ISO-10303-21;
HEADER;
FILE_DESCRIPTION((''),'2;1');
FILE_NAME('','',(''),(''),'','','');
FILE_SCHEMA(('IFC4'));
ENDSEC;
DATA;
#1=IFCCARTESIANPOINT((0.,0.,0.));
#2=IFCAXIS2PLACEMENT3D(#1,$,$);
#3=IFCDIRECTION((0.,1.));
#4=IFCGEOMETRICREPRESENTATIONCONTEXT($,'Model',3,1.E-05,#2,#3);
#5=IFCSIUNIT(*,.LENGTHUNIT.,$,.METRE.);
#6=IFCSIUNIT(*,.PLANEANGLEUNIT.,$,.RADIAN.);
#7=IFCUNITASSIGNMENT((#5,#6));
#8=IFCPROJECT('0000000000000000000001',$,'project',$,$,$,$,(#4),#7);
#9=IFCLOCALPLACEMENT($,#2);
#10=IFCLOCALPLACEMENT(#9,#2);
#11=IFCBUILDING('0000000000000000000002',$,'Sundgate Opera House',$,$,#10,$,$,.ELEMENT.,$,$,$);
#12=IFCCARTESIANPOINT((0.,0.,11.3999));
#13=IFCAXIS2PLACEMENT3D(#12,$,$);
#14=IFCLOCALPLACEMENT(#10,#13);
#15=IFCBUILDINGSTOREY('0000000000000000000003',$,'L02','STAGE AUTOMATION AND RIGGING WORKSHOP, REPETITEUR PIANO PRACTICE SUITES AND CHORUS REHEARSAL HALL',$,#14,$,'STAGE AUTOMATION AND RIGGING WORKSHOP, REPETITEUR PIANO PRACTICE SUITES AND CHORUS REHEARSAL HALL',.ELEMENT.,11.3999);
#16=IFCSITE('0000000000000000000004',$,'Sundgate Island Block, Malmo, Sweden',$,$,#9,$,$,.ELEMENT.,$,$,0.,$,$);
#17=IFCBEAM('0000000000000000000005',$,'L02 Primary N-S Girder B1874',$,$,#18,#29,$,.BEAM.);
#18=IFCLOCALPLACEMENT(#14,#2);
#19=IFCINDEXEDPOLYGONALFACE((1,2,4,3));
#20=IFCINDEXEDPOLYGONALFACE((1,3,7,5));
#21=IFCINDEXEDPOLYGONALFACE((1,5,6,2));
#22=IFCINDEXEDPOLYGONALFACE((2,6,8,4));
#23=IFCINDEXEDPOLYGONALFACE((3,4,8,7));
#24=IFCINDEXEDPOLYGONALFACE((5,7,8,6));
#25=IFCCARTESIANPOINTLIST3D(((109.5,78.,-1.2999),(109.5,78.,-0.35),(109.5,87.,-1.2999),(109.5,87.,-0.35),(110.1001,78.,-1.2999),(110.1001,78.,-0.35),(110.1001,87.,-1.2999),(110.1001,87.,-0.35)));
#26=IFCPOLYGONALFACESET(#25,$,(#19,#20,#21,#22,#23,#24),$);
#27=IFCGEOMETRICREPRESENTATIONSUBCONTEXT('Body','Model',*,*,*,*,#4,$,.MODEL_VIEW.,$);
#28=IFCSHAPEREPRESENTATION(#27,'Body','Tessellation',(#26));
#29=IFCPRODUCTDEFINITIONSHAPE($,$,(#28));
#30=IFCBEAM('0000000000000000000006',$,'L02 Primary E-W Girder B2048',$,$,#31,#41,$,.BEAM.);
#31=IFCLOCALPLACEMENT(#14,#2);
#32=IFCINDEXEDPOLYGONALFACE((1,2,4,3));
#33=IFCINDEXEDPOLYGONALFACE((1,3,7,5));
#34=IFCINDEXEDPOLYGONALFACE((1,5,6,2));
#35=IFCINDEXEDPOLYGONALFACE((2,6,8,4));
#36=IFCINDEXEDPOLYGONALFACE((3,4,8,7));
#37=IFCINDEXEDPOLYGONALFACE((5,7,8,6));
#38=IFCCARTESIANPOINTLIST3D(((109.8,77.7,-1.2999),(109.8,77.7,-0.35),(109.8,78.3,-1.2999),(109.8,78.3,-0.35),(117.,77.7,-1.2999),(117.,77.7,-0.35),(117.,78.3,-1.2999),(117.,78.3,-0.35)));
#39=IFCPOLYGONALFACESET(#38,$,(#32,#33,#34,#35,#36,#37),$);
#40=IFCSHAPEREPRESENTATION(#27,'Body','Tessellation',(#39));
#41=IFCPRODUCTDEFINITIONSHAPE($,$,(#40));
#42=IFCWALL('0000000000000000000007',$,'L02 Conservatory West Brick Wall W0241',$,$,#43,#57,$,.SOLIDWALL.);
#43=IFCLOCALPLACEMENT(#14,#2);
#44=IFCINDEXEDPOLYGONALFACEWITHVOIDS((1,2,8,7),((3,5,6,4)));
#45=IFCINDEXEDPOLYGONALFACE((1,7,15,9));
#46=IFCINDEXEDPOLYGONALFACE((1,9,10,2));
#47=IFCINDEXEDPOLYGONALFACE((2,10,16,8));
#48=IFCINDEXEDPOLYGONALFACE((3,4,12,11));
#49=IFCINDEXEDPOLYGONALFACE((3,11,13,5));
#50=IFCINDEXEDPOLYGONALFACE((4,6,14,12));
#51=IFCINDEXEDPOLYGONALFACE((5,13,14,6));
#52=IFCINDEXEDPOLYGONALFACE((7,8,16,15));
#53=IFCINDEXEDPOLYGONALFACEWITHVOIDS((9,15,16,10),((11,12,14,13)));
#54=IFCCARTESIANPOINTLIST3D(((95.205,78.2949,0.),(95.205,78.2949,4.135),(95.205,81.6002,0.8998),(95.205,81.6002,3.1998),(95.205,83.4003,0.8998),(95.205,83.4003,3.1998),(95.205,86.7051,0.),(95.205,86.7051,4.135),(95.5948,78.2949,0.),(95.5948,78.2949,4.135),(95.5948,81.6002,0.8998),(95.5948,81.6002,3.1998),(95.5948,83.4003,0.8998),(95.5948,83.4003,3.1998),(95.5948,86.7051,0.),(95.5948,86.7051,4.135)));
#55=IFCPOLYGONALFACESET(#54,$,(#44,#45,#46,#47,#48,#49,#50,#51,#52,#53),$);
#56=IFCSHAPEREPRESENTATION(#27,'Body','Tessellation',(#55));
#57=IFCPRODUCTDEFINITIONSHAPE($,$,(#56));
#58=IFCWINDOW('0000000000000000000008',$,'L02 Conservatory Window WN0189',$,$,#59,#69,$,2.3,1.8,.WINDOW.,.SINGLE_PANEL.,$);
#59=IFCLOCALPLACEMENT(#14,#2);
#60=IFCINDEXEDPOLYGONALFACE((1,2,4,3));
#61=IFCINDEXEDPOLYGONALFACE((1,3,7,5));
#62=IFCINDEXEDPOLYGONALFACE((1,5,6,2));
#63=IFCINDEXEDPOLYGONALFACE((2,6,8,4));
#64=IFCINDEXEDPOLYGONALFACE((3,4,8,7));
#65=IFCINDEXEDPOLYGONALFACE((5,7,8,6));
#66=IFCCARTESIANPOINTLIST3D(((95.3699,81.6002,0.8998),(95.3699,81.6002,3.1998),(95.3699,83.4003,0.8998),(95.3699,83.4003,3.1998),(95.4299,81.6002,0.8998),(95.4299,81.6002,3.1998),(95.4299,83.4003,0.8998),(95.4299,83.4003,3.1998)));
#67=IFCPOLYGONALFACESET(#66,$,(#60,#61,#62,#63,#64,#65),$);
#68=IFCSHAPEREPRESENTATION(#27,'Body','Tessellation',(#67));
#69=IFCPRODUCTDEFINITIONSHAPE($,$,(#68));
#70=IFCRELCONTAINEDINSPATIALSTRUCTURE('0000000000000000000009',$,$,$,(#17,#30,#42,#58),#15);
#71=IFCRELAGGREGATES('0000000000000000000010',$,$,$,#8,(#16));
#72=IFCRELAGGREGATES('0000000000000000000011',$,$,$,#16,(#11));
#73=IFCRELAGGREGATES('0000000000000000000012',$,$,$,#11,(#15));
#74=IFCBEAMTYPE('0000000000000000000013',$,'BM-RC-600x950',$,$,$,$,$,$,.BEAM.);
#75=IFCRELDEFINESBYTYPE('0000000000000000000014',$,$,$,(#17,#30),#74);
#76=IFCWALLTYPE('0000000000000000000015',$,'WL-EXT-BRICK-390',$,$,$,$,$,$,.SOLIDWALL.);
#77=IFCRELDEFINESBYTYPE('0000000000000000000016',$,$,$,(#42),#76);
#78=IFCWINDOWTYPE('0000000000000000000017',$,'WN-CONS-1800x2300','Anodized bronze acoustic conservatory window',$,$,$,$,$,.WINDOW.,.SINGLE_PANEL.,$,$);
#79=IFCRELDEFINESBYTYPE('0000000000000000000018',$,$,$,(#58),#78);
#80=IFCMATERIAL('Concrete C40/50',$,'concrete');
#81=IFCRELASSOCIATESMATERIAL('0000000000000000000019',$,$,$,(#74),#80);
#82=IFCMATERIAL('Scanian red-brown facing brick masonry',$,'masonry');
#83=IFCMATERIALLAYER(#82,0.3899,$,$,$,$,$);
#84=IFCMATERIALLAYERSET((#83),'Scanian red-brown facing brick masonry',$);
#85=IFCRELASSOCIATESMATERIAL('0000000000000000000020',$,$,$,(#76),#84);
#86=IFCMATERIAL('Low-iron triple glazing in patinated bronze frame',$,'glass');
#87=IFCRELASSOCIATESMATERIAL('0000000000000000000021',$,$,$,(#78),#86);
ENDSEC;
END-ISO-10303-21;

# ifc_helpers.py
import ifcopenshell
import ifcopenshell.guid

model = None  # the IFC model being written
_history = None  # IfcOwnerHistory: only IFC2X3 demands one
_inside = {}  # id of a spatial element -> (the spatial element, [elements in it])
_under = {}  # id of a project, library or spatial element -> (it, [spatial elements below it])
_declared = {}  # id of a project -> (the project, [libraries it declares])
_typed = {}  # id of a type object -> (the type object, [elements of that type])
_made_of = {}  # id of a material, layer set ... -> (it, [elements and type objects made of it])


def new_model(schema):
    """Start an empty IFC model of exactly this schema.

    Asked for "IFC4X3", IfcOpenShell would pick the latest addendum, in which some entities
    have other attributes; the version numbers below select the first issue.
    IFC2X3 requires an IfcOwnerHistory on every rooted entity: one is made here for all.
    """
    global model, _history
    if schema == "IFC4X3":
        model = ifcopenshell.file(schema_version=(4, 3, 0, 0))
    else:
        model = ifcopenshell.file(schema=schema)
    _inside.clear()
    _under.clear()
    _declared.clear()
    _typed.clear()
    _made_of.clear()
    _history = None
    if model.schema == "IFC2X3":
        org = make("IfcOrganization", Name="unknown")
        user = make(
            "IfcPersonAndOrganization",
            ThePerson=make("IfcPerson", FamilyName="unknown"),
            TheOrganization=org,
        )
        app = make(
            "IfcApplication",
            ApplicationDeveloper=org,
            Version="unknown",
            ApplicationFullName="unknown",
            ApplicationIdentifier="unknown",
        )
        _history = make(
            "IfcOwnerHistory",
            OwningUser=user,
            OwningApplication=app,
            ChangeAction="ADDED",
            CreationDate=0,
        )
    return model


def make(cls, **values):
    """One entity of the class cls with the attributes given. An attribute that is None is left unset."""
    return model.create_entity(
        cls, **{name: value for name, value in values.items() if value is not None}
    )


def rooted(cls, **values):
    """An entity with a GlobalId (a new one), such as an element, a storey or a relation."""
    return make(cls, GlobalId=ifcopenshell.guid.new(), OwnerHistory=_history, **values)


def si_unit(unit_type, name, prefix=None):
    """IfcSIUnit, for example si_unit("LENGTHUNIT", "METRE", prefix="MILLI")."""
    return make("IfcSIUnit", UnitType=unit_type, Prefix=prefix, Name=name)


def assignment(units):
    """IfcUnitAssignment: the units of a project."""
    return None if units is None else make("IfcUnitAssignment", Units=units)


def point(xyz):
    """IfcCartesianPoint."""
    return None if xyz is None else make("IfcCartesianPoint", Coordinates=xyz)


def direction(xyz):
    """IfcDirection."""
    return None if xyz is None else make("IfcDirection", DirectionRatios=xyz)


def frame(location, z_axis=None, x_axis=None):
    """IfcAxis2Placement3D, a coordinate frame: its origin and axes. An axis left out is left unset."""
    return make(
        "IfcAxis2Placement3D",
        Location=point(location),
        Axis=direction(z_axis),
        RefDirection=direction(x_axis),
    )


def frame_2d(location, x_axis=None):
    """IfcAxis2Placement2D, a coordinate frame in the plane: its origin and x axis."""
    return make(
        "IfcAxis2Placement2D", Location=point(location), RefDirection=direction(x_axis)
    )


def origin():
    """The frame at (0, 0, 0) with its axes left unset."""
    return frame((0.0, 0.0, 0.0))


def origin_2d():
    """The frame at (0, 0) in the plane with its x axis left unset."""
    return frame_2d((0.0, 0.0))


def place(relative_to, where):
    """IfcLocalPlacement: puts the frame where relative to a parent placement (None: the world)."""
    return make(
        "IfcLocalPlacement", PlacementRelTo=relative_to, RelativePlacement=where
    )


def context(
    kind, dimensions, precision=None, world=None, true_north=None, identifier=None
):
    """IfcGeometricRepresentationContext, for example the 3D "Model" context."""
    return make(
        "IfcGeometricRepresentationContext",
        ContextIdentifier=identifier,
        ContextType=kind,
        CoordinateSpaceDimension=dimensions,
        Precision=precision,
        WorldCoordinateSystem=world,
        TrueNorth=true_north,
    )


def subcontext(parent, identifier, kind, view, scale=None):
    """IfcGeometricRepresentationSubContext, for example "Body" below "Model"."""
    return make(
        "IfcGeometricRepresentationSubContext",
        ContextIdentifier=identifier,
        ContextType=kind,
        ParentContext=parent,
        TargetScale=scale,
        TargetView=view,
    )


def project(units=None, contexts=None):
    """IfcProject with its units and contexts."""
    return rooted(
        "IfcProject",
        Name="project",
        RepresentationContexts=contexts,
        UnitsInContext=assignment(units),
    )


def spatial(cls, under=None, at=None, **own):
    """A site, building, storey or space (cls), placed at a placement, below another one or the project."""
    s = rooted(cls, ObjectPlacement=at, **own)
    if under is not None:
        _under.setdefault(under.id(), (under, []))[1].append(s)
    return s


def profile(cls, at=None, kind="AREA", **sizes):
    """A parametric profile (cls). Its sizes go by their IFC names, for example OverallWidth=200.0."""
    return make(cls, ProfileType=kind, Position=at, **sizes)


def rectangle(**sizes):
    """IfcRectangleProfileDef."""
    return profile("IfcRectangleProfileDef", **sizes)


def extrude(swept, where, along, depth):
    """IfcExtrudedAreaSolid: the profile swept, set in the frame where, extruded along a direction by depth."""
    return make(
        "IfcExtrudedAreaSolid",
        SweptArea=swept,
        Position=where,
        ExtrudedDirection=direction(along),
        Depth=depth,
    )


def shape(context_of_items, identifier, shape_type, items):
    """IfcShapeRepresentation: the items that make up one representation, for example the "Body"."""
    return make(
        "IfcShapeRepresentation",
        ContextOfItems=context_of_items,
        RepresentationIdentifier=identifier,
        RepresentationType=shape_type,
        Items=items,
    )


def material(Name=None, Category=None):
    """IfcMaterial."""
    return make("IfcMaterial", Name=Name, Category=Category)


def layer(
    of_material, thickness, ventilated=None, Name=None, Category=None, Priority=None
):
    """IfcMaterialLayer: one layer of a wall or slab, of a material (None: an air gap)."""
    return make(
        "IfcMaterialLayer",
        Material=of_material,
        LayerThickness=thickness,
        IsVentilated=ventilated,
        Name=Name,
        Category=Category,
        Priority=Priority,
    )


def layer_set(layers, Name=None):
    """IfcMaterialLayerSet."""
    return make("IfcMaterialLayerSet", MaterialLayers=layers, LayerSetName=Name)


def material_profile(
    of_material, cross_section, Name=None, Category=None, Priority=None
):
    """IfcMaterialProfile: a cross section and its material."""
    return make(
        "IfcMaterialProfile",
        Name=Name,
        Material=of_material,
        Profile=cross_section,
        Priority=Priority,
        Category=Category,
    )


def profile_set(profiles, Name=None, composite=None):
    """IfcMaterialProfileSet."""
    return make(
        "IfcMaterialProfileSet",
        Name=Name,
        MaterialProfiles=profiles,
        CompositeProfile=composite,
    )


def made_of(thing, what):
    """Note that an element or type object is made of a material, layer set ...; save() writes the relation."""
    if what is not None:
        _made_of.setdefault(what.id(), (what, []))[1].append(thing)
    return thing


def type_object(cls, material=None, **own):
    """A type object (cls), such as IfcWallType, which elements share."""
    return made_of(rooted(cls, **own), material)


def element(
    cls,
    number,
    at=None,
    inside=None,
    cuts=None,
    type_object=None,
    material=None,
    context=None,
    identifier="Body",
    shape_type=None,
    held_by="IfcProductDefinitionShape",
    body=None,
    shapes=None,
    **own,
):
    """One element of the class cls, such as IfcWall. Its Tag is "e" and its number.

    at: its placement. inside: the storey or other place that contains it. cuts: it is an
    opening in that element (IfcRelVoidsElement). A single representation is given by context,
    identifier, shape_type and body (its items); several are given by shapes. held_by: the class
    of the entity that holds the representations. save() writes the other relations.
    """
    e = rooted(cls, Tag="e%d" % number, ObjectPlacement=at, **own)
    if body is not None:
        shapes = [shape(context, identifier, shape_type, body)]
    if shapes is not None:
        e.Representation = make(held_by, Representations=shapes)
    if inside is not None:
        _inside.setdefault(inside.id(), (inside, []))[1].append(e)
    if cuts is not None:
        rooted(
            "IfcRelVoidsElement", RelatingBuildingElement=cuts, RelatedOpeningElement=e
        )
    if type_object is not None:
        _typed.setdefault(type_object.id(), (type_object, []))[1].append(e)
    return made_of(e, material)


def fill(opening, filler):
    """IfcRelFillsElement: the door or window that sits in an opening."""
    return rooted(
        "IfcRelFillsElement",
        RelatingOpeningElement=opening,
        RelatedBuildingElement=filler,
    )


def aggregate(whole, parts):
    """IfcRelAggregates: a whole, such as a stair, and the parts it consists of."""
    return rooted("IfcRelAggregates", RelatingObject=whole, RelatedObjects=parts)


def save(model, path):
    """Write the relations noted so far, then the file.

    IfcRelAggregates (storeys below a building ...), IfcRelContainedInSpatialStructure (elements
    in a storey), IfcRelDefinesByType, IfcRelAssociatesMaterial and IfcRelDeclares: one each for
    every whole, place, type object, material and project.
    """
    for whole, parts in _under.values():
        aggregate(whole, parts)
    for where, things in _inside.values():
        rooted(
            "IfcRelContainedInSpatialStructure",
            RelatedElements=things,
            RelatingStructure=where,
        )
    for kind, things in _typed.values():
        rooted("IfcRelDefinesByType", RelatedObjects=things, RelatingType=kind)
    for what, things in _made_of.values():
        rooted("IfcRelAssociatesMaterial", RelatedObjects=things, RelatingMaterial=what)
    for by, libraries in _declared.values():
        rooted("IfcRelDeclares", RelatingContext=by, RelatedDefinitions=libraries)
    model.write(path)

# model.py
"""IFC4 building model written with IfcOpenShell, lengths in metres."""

from ifc_helpers import new_model, si_unit, direction, frame, frame_2d, origin, origin_2d, place, context, subcontext, project, spatial, rectangle, extrude, material, layer, layer_set, material_profile, profile_set, type_object, element, fill, save


model = new_model("IFC4")

# Units and contexts
model_context = context("Model", 3, precision=1e-05, world=origin(), true_north=direction((0.0, 1.0)))
body_context = subcontext(model_context, "Body", "Model", "MODEL_VIEW")
ifc_project = project(units=[si_unit("LENGTHUNIT", "METRE"), si_unit("PLANEANGLEUNIT", "RADIAN")], contexts=[model_context])

# Site, building, storey
site_placement = place(None, origin())
site = spatial("IfcSite", under=ifc_project, at=site_placement, Name="Sundgate Island Block, Malmo, Sweden", CompositionType="ELEMENT", RefElevation=0.0)
building_placement = place(site_placement, origin())
building = spatial("IfcBuilding", under=site, at=building_placement, Name="Sundgate Opera House", CompositionType="ELEMENT")
storey_placement = place(building_placement, frame((0.0, 0.0, 11.3999)))
storey = spatial("IfcBuildingStorey", under=building, at=storey_placement, Name="L02", Description="STAGE AUTOMATION AND RIGGING WORKSHOP, REPETITEUR PIANO PRACTICE SUITES AND CHORUS REHEARSAL HALL", LongName="STAGE AUTOMATION AND RIGGING WORKSHOP, REPETITEUR PIANO PRACTICE SUITES AND CHORUS REHEARSAL HALL", CompositionType="ELEMENT", Elevation=11.3999)

# Beams
ifc_material_1 = material(Name="Concrete C40/50", Category="concrete")
ifc_material_profile_1 = material_profile(ifc_material_1, rectangle(XDim=0.6001, YDim=0.95, at=origin_2d()), Name="RC 600x950")
ifc_profile_set_1 = profile_set([ifc_material_profile_1], Name="Concrete C40/50")
beam_type_1 = type_object("IfcBeamType", Name="BM-RC-600x950", PredefinedType="BEAM", material=ifc_profile_set_1)
beam_1_placement = place(storey_placement, frame((109.8, 78.0, -0.825), z_axis=(0.0, 1.0, 0.0), x_axis=(-1.0, 0.0, 0.0)))
element("IfcBeam", 1, at=beam_1_placement, inside=storey, type_object=beam_type_1, Name="L02 Primary N-S Girder B1874", PredefinedType="BEAM", context=body_context, shape_type="SweptSolid", body=[
    extrude(rectangle(XDim=0.6001, YDim=0.95, at=origin_2d()), origin(), (0.0, 0.0, 1.0), 9.0),
])
beam_2_placement = place(storey_placement, frame((109.8, 78.0, -0.825), z_axis=(1.0, 0.0, 0.0), x_axis=(0.0, 1.0, 0.0)))
element("IfcBeam", 2, at=beam_2_placement, inside=storey, type_object=beam_type_1, Name="L02 Primary E-W Girder B2048", PredefinedType="BEAM", context=body_context, shape_type="SweptSolid", body=[
    extrude(rectangle(XDim=0.6001, YDim=0.95, at=origin_2d()), origin(), (0.0, 0.0, 1.0), 7.2),
])

# Wall, opening, window
ifc_material_2 = material(Name="Scanian red-brown facing brick masonry", Category="masonry")
ifc_layer = layer(ifc_material_2, 0.3899)
ifc_layer_set = layer_set([ifc_layer], Name="Scanian red-brown facing brick masonry")
wall_type = type_object("IfcWallType", Name="WL-EXT-BRICK-390", PredefinedType="SOLIDWALL", material=ifc_layer_set)
wall_placement = place(storey_placement, frame((95.3999, 86.7051, 0.0), z_axis=(0.0, 0.0, 1.0), x_axis=(0.0, -1.0, 0.0)))
wall = element("IfcWall", 3, at=wall_placement, inside=storey, type_object=wall_type, Name="L02 Conservatory West Brick Wall W0241", PredefinedType="SOLIDWALL", context=body_context, shape_type="SweptSolid", body=[
    extrude(rectangle(XDim=8.4102, YDim=0.3899, at=frame_2d((4.2051, 0.0))), origin(), (0.0, 0.0, 1.0), 4.135),
])
opening_placement = place(wall_placement, frame((3.3049, 0.0, 0.8999)))
opening = element("IfcOpeningElement", 4, at=opening_placement, cuts=wall, PredefinedType="OPENING", context=body_context, shape_type="SweptSolid", body=[
    extrude(rectangle(XDim=1.8, YDim=2.3, at=frame_2d((0.8999, 1.1499))), frame((0.0, 0.2048, 0.0), z_axis=(0.0, -1.0, 0.0), x_axis=(1.0, 0.0, 0.0)), (0.0, 0.0, 1.0), 0.4099),
])
ifc_material_3 = material(Name="Low-iron triple glazing in patinated bronze frame", Category="glass")
window_type = type_object("IfcWindowType", Name="WN-CONS-1800x2300", Description="Anodized bronze acoustic conservatory window", PartitioningType="SINGLE_PANEL", PredefinedType="WINDOW", material=ifc_material_3)
window_placement = place(opening_placement, origin())
window = element("IfcWindow", 5, at=window_placement, inside=storey, type_object=window_type, Name="L02 Conservatory Window WN0189", OverallHeight=2.3, OverallWidth=1.8, PartitioningType="SINGLE_PANEL", PredefinedType="WINDOW", context=body_context, shape_type="SweptSolid", body=[
    extrude(rectangle(XDim=1.8, YDim=2.3, at=frame_2d((0.8999, 1.1499))), frame((0.0, 0.03, 0.0), z_axis=(0.0, -1.0, 0.0), x_axis=(1.0, 0.0, 0.0)), (0.0, 0.0, 1.0), 0.0601),
])
fill(opening, window)

save(model, "model.ifc")
